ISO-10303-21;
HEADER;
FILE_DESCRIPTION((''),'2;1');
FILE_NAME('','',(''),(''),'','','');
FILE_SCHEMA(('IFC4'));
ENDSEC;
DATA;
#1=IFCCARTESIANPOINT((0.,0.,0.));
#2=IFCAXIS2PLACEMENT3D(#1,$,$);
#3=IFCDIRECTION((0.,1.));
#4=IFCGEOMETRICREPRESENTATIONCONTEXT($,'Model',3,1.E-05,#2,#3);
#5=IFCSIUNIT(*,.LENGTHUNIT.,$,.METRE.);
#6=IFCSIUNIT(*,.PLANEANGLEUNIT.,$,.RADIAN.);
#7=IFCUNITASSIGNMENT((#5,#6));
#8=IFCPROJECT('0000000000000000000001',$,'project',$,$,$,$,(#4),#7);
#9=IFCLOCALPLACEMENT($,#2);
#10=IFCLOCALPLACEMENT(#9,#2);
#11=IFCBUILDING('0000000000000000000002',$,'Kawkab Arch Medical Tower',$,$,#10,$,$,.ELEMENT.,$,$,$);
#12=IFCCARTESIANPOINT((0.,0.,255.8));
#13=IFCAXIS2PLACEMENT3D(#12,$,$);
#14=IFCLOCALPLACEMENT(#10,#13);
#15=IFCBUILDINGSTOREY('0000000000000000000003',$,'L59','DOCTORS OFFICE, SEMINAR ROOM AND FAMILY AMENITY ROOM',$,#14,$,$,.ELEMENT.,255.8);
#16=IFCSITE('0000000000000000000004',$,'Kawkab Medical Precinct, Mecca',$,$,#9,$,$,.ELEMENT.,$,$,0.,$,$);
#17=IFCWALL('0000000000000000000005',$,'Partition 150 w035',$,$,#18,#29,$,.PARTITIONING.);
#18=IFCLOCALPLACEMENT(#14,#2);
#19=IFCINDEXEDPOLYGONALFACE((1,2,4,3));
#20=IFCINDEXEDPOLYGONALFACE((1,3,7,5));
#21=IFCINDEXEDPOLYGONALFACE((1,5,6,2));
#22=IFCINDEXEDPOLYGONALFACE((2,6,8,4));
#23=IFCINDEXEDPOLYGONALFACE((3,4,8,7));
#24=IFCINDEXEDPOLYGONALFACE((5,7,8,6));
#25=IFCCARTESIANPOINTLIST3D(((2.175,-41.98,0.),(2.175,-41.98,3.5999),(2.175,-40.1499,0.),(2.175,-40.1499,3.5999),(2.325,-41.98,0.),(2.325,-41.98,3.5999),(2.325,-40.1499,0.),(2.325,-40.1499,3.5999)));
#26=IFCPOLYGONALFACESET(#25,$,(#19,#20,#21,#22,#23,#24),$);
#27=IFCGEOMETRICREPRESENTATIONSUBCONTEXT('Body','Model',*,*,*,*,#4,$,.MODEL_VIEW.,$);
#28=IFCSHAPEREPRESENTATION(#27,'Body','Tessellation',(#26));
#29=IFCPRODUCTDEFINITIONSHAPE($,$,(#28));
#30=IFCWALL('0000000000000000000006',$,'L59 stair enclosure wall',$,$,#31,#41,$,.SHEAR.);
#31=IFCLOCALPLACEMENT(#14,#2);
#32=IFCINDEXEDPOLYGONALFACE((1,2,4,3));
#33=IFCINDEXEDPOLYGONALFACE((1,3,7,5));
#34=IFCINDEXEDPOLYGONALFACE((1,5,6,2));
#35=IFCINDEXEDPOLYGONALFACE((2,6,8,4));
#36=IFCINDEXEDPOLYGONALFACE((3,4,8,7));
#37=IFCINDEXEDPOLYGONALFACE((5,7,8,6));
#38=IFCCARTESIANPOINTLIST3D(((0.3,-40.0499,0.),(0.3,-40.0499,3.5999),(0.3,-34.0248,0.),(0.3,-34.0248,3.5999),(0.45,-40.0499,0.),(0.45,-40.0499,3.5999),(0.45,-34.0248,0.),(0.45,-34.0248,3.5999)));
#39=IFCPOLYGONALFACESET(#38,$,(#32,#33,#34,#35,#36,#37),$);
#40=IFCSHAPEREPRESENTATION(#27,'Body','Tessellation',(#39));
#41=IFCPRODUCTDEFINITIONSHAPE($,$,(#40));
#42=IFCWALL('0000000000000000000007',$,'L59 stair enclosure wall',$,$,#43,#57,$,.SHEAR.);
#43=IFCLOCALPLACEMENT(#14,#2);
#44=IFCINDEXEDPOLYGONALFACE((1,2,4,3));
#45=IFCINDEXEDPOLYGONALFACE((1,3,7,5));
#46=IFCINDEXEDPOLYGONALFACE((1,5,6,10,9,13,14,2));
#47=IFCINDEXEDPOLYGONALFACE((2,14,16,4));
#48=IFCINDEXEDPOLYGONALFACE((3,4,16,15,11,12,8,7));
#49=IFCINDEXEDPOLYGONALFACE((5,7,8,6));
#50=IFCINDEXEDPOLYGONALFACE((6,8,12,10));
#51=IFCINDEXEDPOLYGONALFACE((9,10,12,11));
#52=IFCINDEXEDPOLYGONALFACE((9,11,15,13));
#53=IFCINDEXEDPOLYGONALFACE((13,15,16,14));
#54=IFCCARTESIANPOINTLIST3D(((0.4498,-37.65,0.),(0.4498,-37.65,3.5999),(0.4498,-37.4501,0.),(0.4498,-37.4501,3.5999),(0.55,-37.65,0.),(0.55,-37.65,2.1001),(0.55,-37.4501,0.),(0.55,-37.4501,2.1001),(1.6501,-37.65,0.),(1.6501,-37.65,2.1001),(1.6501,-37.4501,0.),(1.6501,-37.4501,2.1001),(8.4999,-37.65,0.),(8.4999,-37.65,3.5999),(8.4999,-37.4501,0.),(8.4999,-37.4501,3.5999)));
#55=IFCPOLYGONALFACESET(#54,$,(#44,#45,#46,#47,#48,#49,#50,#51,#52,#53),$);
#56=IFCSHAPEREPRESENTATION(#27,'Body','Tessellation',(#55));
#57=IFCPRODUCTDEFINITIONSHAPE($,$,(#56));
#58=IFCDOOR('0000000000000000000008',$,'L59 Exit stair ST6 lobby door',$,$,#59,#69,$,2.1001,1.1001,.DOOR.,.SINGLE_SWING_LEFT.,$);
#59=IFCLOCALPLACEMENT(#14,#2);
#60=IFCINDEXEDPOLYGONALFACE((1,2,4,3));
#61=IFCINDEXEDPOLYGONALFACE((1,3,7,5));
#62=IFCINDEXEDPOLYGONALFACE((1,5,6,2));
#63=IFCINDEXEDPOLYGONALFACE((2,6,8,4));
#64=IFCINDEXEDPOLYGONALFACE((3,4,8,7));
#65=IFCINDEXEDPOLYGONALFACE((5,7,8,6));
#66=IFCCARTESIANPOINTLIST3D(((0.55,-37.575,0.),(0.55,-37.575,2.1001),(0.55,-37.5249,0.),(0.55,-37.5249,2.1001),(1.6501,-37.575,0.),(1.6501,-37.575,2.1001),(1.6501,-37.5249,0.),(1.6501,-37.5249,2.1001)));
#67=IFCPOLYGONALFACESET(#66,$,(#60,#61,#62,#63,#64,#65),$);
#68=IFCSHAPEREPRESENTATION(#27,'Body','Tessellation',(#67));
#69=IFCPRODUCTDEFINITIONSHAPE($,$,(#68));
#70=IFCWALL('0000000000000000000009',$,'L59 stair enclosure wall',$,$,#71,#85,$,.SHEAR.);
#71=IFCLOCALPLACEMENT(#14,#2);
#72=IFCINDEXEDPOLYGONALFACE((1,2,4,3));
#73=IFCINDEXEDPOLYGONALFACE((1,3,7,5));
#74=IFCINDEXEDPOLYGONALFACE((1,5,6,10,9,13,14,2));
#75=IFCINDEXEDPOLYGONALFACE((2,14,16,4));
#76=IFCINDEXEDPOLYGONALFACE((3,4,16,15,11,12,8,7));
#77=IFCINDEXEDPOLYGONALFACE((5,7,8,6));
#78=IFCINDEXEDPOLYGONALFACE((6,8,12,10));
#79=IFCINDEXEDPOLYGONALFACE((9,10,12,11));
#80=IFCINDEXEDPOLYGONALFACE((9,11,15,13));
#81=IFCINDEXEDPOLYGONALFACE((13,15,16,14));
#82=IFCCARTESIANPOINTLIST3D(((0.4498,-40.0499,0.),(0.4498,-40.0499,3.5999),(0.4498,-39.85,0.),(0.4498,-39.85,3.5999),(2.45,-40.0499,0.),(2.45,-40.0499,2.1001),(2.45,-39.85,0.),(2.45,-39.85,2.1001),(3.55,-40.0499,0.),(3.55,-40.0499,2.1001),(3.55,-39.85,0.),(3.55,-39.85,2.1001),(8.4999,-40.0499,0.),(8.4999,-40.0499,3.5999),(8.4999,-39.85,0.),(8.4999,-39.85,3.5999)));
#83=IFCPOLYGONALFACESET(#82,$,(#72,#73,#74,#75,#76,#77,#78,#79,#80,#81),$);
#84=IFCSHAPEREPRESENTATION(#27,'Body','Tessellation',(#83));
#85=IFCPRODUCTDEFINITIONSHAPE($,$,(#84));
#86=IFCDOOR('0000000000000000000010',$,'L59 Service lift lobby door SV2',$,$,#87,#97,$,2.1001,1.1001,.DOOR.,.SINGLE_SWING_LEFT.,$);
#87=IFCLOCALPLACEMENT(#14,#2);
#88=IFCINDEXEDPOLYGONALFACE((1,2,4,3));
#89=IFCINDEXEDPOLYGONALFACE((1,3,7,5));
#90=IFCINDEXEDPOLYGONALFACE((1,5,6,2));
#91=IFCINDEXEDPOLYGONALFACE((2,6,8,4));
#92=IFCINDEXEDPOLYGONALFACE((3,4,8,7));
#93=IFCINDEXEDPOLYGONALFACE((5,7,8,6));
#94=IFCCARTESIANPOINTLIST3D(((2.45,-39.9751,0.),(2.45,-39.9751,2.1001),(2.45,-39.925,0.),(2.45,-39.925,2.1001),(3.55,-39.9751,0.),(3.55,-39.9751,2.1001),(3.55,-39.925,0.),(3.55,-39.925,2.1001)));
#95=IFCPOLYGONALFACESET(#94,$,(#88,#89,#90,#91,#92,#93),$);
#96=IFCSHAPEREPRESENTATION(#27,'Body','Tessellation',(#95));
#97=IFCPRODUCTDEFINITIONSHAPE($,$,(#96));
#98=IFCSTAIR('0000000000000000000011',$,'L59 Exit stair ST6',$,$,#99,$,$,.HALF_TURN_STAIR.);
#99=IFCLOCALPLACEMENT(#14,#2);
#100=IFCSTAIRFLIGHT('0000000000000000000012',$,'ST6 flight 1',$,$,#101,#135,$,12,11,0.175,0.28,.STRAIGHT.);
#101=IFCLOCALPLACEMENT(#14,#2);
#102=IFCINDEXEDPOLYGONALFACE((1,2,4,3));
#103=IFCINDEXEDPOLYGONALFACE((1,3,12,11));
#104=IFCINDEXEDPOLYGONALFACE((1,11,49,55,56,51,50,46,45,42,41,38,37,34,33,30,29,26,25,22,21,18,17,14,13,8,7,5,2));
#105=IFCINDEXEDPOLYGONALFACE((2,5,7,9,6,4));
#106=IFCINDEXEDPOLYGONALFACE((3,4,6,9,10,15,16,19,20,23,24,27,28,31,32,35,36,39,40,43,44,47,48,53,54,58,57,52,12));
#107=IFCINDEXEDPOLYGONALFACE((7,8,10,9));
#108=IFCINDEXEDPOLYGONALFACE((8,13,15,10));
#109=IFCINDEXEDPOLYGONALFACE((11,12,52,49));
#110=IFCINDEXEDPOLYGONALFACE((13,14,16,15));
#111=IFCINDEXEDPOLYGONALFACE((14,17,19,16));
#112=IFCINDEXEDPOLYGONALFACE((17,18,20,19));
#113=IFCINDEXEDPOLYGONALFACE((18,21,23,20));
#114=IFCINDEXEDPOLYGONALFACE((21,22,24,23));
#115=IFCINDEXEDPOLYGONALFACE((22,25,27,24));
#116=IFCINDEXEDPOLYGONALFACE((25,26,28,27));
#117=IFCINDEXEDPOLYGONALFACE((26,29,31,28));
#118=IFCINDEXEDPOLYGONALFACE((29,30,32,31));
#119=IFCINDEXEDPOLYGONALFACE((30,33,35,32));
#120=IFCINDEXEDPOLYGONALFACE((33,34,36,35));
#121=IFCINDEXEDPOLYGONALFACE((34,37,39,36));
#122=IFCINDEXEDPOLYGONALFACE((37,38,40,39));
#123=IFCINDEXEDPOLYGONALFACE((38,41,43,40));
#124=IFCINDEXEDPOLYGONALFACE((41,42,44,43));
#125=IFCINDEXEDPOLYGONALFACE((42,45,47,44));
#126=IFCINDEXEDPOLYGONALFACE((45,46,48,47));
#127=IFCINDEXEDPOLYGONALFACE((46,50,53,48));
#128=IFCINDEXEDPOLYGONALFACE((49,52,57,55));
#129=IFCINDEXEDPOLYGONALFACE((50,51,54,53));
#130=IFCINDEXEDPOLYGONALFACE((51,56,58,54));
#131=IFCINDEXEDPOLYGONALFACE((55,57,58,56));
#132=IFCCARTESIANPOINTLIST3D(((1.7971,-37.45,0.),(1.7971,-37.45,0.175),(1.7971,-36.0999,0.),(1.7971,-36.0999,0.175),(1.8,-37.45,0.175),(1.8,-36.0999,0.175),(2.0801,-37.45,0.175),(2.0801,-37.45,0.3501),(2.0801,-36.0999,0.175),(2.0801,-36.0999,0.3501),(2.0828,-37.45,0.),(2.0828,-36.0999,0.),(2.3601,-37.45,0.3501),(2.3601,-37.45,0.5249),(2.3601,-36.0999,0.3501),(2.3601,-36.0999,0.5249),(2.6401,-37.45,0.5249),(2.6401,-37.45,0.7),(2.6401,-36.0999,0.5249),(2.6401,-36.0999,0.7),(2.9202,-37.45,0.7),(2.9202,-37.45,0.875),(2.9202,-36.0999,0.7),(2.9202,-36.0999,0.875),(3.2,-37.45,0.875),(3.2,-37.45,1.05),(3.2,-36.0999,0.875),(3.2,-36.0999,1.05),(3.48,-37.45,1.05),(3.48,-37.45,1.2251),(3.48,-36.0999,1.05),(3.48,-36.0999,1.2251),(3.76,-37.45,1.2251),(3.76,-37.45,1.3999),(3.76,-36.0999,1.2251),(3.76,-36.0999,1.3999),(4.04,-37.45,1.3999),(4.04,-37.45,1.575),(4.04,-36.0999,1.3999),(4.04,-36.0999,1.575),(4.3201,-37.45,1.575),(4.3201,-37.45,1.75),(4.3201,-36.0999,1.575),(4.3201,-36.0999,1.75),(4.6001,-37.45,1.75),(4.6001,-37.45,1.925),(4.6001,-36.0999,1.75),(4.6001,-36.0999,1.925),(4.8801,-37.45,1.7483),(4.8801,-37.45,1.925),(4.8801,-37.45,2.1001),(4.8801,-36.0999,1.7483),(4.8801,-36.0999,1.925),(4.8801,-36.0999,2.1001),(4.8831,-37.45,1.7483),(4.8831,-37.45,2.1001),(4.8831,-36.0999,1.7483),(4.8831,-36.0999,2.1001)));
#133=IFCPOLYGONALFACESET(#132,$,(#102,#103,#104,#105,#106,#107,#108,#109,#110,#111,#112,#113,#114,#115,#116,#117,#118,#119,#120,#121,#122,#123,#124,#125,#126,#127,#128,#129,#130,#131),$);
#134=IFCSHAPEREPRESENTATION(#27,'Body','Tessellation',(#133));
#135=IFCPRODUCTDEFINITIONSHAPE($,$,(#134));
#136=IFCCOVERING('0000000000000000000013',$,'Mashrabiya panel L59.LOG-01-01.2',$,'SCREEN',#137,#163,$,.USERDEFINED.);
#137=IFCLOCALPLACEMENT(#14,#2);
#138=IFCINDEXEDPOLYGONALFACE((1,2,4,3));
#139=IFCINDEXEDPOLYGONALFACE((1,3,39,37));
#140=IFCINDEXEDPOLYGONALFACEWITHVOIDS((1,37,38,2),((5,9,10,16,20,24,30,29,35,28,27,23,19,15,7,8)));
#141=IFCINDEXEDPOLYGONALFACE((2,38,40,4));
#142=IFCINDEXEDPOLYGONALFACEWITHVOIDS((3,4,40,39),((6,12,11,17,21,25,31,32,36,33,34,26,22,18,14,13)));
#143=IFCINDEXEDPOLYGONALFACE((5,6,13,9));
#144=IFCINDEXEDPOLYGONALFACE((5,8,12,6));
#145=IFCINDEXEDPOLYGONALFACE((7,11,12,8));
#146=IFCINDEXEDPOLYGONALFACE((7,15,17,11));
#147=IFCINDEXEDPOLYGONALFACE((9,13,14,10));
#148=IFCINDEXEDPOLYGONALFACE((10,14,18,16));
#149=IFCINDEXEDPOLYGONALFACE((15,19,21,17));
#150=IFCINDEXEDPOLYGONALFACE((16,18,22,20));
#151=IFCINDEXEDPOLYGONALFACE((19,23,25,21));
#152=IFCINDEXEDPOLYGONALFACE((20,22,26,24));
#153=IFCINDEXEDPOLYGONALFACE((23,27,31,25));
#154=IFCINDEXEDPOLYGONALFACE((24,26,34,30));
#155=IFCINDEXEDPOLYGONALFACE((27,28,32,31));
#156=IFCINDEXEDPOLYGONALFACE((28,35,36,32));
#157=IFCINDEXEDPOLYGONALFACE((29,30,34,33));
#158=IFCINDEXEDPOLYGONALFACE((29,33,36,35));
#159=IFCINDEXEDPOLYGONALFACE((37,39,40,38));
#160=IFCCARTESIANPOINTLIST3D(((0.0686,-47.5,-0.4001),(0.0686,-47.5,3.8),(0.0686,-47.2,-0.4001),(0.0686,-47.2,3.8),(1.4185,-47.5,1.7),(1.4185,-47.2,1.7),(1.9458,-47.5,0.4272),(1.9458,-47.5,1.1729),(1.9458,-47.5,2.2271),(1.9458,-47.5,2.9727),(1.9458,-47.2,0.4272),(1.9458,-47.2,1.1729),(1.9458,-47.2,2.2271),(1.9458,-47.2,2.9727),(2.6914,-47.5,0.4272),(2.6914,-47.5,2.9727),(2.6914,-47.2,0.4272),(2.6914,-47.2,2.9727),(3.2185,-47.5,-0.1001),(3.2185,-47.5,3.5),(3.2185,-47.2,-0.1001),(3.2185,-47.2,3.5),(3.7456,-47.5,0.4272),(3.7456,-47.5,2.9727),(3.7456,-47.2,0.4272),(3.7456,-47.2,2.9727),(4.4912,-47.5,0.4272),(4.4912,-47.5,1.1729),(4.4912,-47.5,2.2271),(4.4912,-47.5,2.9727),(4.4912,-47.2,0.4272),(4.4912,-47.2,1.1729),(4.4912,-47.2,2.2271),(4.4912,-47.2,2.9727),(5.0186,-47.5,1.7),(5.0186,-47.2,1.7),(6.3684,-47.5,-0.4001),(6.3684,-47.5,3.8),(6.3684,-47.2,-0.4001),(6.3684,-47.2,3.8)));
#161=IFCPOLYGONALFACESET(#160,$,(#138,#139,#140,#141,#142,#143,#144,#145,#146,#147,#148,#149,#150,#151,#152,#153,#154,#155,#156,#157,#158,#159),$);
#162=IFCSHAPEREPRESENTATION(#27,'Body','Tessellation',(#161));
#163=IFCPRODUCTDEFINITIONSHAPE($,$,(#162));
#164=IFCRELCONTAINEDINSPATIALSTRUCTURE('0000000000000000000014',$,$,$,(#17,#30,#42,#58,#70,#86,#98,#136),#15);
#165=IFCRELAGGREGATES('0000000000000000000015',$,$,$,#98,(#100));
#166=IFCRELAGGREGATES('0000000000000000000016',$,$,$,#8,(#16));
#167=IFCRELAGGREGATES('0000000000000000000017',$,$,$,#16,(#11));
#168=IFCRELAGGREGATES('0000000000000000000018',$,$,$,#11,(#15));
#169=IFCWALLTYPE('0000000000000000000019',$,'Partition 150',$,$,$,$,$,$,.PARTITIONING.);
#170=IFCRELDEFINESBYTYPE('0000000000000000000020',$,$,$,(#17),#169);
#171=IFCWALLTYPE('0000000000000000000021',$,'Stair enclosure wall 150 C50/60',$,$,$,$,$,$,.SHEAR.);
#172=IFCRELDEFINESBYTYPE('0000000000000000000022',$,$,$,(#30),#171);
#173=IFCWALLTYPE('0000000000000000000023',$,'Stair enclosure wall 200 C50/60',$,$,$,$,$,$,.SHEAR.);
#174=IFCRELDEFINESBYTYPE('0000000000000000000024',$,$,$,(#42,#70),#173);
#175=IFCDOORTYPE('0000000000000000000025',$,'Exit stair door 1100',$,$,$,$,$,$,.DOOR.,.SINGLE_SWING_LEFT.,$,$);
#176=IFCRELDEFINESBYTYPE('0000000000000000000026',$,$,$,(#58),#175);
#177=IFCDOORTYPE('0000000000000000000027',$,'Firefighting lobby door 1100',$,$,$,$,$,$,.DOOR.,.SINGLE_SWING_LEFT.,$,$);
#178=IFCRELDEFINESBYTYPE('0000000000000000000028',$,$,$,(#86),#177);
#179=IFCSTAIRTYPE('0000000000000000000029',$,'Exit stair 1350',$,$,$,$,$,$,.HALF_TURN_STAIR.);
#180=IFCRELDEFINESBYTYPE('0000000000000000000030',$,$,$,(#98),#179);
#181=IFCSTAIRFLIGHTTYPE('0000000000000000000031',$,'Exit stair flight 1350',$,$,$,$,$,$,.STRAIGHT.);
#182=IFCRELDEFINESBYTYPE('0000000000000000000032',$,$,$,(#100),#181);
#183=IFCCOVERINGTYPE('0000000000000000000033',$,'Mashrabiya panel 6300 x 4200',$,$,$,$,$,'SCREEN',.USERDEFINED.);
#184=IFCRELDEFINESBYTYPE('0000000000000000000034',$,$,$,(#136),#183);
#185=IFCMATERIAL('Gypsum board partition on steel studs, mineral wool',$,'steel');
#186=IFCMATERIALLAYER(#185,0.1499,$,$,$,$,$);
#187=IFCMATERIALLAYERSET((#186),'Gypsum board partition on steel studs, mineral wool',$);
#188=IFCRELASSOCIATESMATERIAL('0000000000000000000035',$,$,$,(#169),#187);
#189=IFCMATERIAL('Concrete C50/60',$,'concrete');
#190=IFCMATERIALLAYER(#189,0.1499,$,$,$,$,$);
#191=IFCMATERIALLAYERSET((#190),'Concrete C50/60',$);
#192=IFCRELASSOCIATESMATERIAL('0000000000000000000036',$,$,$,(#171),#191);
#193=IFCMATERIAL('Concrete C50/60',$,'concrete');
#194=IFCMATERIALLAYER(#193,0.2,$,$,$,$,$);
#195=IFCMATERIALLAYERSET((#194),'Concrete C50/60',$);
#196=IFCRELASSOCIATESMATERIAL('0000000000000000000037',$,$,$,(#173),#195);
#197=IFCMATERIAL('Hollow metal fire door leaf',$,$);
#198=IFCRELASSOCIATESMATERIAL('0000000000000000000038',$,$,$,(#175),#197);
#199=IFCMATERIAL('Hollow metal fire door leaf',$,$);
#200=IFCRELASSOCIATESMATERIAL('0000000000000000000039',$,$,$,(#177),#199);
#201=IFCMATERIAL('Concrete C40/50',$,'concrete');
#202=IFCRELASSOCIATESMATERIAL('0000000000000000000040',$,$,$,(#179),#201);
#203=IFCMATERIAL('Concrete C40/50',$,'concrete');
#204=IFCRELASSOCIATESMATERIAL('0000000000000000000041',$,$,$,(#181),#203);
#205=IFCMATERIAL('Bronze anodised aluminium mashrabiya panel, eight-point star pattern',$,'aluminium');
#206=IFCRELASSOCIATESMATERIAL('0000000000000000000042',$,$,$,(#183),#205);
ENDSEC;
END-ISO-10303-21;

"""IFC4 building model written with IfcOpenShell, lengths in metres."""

from ifc_helpers import new_model, si_unit, direction, frame, frame_2d, origin, place, context, subcontext, project, spatial, polyline, rectangle, outline, extrude, material, layer, layer_set, material_profile, profile_set, type_object, element, fill, aggregate, save


model = new_model("IFC4")

# Units and contexts
model_context = context("Model", 3, precision=1e-05, world=origin(), true_north=direction((0.0, 1.0)))
body_context = subcontext(model_context, "Body", "Model", "MODEL_VIEW")
ifc_project = project(units=[si_unit("LENGTHUNIT", "METRE"), si_unit("PLANEANGLEUNIT", "RADIAN")], contexts=[model_context])

# Site, building, storey
site_placement = place(None, origin())
site = spatial("IfcSite", under=ifc_project, at=site_placement, Name="Kawkab Medical Precinct, Mecca", CompositionType="ELEMENT", RefElevation=0.0)
building_placement = place(site_placement, origin())
building = spatial("IfcBuilding", under=site, at=building_placement, Name="Kawkab Arch Medical Tower", CompositionType="ELEMENT")
storey_placement = place(building_placement, frame((0.0, 0.0, 255.8)))
storey = spatial("IfcBuildingStorey", under=building, at=storey_placement, Name="L59", Description="DOCTORS OFFICE, SEMINAR ROOM AND FAMILY AMENITY ROOM", CompositionType="ELEMENT", Elevation=255.8)

# Shared definitions
placement = place(storey_placement, origin())

# Shared definitions
ifc_material_1 = material(Name="Gypsum board partition on steel studs, mineral wool", Category="steel")
ifc_layer_1 = layer(ifc_material_1, 0.1499)
ifc_layer_set_1 = layer_set([ifc_layer_1], Name="Gypsum board partition on steel studs, mineral wool")
wall_type_1 = type_object("IfcWallType", Name="Partition 150", PredefinedType="PARTITIONING", material=ifc_layer_set_1)

# Walls
wall_1_placement = place(storey_placement, frame((2.25, -41.98, 0.0), z_axis=(0.0, 0.0, 1.0), x_axis=(0.0, 1.0, 0.0)))
element("IfcWall", 1, at=wall_1_placement, inside=storey, type_object=wall_type_1, Name="Partition 150 w035", PredefinedType="PARTITIONING", context=body_context, shape_type="SweptSolid", body=[
    extrude(rectangle(XDim=1.8301, YDim=0.1499, at=frame_2d((0.915, 0.0))), origin(), (0.0, 0.0, 1.0), 3.5999),
])
ifc_material_2 = material(Name="Concrete C50/60", Category="concrete")
ifc_layer_2 = layer(ifc_material_2, 0.1499)
ifc_layer_set_2 = layer_set([ifc_layer_2], Name="Concrete C50/60")
wall_type_2 = type_object("IfcWallType", Name="Stair enclosure wall 150 C50/60", PredefinedType="SHEAR", material=ifc_layer_set_2)
wall_2_placement = place(storey_placement, frame((0.375, -40.05, 0.0), z_axis=(0.0, 0.0, 1.0), x_axis=(0.0, 1.0, 0.0)))
element("IfcWall", 2, at=wall_2_placement, inside=storey, type_object=wall_type_2, Name="L59 stair enclosure wall", PredefinedType="SHEAR", context=body_context, shape_type="SweptSolid", body=[
    extrude(rectangle(XDim=6.0251, YDim=0.1499, at=frame_2d((3.0127, 0.0))), origin(), (0.0, 0.0, 1.0), 3.5999),
])

# Walls, openings, doors
ifc_material_3 = material(Name="Concrete C50/60", Category="concrete")
ifc_layer_3 = layer(ifc_material_3, 0.2)
ifc_layer_set_3 = layer_set([ifc_layer_3], Name="Concrete C50/60")
wall_type_3 = type_object("IfcWallType", Name="Stair enclosure wall 200 C50/60", PredefinedType="SHEAR", material=ifc_layer_set_3)
wall_3_placement = place(storey_placement, frame((0.45, -37.55, 0.0), z_axis=(0.0, 0.0, 1.0), x_axis=(1.0, 0.0, 0.0)))
wall_3 = element("IfcWall", 3, at=wall_3_placement, inside=storey, type_object=wall_type_3, Name="L59 stair enclosure wall", PredefinedType="SHEAR", context=body_context, shape_type="SweptSolid", body=[
    extrude(rectangle(XDim=8.05, YDim=0.2, at=frame_2d((4.0249, 0.0))), origin(), (0.0, 0.0, 1.0), 3.5999),
])
opening_1_placement = place(wall_3_placement, frame((0.1001, 0.0, 0.0)))
opening_1 = element("IfcOpeningElement", 4, at=opening_1_placement, cuts=wall_3, PredefinedType="OPENING", context=body_context, shape_type="SweptSolid", body=[
    extrude(rectangle(XDim=1.1001, YDim=2.1001, at=frame_2d((0.55, 1.05))), frame((0.0, 0.1099, 0.0), z_axis=(0.0, -1.0, 0.0), x_axis=(1.0, 0.0, 0.0)), (0.0, 0.0, 1.0), 0.22),
])
ifc_material_4 = material(Name="Hollow metal fire door leaf")
door_type_1 = type_object("IfcDoorType", Name="Exit stair door 1100", OperationType="SINGLE_SWING_LEFT", PredefinedType="DOOR", material=ifc_material_4)
door_1_placement = place(opening_1_placement, frame((1.1001, 0.0, 0.0), z_axis=(0.0, 0.0, 1.0), x_axis=(-1.0, 0.0, 0.0)))
door_1 = element("IfcDoor", 5, at=door_1_placement, inside=storey, type_object=door_type_1, Name="L59 Exit stair ST6 lobby door", OperationType="SINGLE_SWING_LEFT", OverallHeight=2.1001, OverallWidth=1.1001, PredefinedType="DOOR", context=body_context, shape_type="SweptSolid", body=[
    extrude(rectangle(XDim=1.1001, YDim=2.1001, at=frame_2d((0.55, 1.05))), frame((0.0, 0.0249, 0.0), z_axis=(0.0, -1.0, 0.0), x_axis=(1.0, 0.0, 0.0)), (0.0, 0.0, 1.0), 0.05),
])
fill(opening_1, door_1)
wall_4_placement = place(storey_placement, frame((0.45, -39.95, 0.0), z_axis=(0.0, 0.0, 1.0), x_axis=(1.0, 0.0, 0.0)))
wall_4 = element("IfcWall", 6, at=wall_4_placement, inside=storey, type_object=wall_type_3, Name="L59 stair enclosure wall", PredefinedType="SHEAR", context=body_context, shape_type="SweptSolid", body=[
    extrude(rectangle(XDim=8.05, YDim=0.2, at=frame_2d((4.0249, 0.0))), origin(), (0.0, 0.0, 1.0), 3.5999),
])
opening_2_placement = place(wall_4_placement, frame((2.0, 0.0, 0.0)))
opening_2 = element("IfcOpeningElement", 7, at=opening_2_placement, cuts=wall_4, PredefinedType="OPENING", context=body_context, shape_type="SweptSolid", body=[
    extrude(rectangle(XDim=1.1001, YDim=2.1001, at=frame_2d((0.55, 1.05))), frame((0.0, 0.1099, 0.0), z_axis=(0.0, -1.0, 0.0), x_axis=(1.0, 0.0, 0.0)), (0.0, 0.0, 1.0), 0.22),
])
ifc_material_5 = material(Name="Hollow metal fire door leaf")
door_type_2 = type_object("IfcDoorType", Name="Firefighting lobby door 1100", OperationType="SINGLE_SWING_LEFT", PredefinedType="DOOR", material=ifc_material_5)
door_2_placement = place(opening_2_placement, origin())
door_2 = element("IfcDoor", 8, at=door_2_placement, inside=storey, type_object=door_type_2, Name="L59 Service lift lobby door SV2", OperationType="SINGLE_SWING_LEFT", OverallHeight=2.1001, OverallWidth=1.1001, PredefinedType="DOOR", context=body_context, shape_type="SweptSolid", body=[
    extrude(rectangle(XDim=1.1001, YDim=2.1001, at=frame_2d((0.55, 1.05))), frame((0.0, 0.0249, 0.0), z_axis=(0.0, -1.0, 0.0), x_axis=(1.0, 0.0, 0.0)), (0.0, 0.0, 1.0), 0.05),
])
fill(opening_2, door_2)

# Stair, stair flight
ifc_material_6 = material(Name="Concrete C40/50", Category="concrete")
stair_type = type_object("IfcStairType", Name="Exit stair 1350", PredefinedType="HALF_TURN_STAIR", material=ifc_material_6)
stair = element("IfcStair", 9, at=placement, inside=storey, type_object=stair_type, Name="L59 Exit stair ST6", PredefinedType="HALF_TURN_STAIR")
ifc_material_7 = material(Name="Concrete C40/50", Category="concrete")
stair_flight_type = type_object("IfcStairFlightType", Name="Exit stair flight 1350", PredefinedType="STRAIGHT", material=ifc_material_7)
stair_flight_placement = place(storey_placement, frame((1.8, -36.7749, 0.0), z_axis=(0.0, 0.0, 1.0), x_axis=(1.0, 0.0, 0.0)))
stair_flight = element("IfcStairFlight", 10, at=stair_flight_placement, type_object=stair_flight_type, Name="ST6 flight 1", NumberOfRisers=12, NumberOfTreads=11, PredefinedType="STRAIGHT", RiserHeight=0.175, TreadLength=0.28, context=body_context, shape_type="SweptSolid", body=[
    extrude(outline(polyline([(-0.0029, 0.0), (-0.0029, 0.175), (0.0, 0.175), (0.28, 0.175), (0.28, 0.3501), (0.5601, 0.3501), (0.5601, 0.5249), (0.8401, 0.5249), (0.8401, 0.7), (1.1201, 0.7), (1.1201, 0.875), (1.3999, 0.875), (1.3999, 1.05), (1.6799, 1.05), (1.6799, 1.2251), (1.96, 1.2251), (1.96, 1.3999), (2.24, 1.3999), (2.24, 1.575), (2.52, 1.575), (2.52, 1.75), (2.8, 1.75), (2.8, 1.925), (3.0801, 1.925), (3.0801, 2.1001), (3.083, 2.1001), (3.083, 1.7483), (3.0801, 1.7483), (0.2827, 0.0), (-0.0029, 0.0)])), frame((0.0, 0.675, 0.0), z_axis=(0.0, -1.0, 0.0), x_axis=(1.0, 0.0, 0.0)), (0.0, 0.0, 1.0), 1.3501),
])
aggregate(stair, [stair_flight])

# Covering
ifc_material_8 = material(Name="Bronze anodised aluminium mashrabiya panel, eight-point star pattern", Category="aluminium")
ifc_material_profile_1 = material_profile(ifc_material_8, outline(polyline([(-3.1499, -2.1001), (3.1499, -2.1001), (3.1499, 2.1001), (-3.1499, 2.1001), (-3.1499, -2.1001)]), holes=[polyline([(1.8, 0.0), (1.2727, 0.5271), (1.2727, 1.2727), (0.5271, 1.2727), (0.0, 1.8), (-0.5271, 1.2727), (-1.2727, 1.2727), (-1.2727, 0.5271), (-1.8, 0.0), (-1.2727, -0.5271), (-1.2727, -1.2727), (-0.5271, -1.2727), (0.0, -1.8), (0.5271, -1.2727), (1.2727, -1.2727), (1.2727, -0.5271), (1.8, 0.0)])]), Name="Mashrabiya panel 6300x4200")
ifc_profile_set_1 = profile_set([ifc_material_profile_1], Name="Bronze anodised aluminium mashrabiya panel, eight-point star pattern")
covering_type_1 = type_object("IfcCoveringType", Name="Mashrabiya panel 6300 x 4200", ElementType="SCREEN", PredefinedType="USERDEFINED", material=ifc_profile_set_1)
covering_1_placement = place(storey_placement, frame((3.2185, -47.2, 1.7), z_axis=(0.0, -1.0, 0.0), x_axis=(1.0, 0.0, 0.0)))
element("IfcCovering", 11, at=covering_1_placement, inside=storey, type_object=covering_type_1, Name="Mashrabiya panel L59.LOG-01-01.2", ObjectType="SCREEN", PredefinedType="USERDEFINED", context=body_context, shape_type="SweptSolid", body=[
    extrude(outline(polyline([(-3.1499, -2.1001), (3.1499, -2.1001), (3.1499, 2.1001), (-3.1499, 2.1001), (-3.1499, -2.1001)]), holes=[polyline([(1.8, 0.0), (1.2727, 0.5271), (1.2727, 1.2727), (0.5271, 1.2727), (0.0, 1.8), (-0.5271, 1.2727), (-1.2727, 1.2727), (-1.2727, 0.5271), (-1.8, 0.0), (-1.2727, -0.5271), (-1.2727, -1.2727), (-0.5271, -1.2727), (0.0, -1.8), (0.5271, -1.2727), (1.2727, -1.2727), (1.2727, -0.5271), (1.8, 0.0)])]), origin(), (0.0, 0.0, 1.0), 0.3),
])

save(model, "model.ifc")
